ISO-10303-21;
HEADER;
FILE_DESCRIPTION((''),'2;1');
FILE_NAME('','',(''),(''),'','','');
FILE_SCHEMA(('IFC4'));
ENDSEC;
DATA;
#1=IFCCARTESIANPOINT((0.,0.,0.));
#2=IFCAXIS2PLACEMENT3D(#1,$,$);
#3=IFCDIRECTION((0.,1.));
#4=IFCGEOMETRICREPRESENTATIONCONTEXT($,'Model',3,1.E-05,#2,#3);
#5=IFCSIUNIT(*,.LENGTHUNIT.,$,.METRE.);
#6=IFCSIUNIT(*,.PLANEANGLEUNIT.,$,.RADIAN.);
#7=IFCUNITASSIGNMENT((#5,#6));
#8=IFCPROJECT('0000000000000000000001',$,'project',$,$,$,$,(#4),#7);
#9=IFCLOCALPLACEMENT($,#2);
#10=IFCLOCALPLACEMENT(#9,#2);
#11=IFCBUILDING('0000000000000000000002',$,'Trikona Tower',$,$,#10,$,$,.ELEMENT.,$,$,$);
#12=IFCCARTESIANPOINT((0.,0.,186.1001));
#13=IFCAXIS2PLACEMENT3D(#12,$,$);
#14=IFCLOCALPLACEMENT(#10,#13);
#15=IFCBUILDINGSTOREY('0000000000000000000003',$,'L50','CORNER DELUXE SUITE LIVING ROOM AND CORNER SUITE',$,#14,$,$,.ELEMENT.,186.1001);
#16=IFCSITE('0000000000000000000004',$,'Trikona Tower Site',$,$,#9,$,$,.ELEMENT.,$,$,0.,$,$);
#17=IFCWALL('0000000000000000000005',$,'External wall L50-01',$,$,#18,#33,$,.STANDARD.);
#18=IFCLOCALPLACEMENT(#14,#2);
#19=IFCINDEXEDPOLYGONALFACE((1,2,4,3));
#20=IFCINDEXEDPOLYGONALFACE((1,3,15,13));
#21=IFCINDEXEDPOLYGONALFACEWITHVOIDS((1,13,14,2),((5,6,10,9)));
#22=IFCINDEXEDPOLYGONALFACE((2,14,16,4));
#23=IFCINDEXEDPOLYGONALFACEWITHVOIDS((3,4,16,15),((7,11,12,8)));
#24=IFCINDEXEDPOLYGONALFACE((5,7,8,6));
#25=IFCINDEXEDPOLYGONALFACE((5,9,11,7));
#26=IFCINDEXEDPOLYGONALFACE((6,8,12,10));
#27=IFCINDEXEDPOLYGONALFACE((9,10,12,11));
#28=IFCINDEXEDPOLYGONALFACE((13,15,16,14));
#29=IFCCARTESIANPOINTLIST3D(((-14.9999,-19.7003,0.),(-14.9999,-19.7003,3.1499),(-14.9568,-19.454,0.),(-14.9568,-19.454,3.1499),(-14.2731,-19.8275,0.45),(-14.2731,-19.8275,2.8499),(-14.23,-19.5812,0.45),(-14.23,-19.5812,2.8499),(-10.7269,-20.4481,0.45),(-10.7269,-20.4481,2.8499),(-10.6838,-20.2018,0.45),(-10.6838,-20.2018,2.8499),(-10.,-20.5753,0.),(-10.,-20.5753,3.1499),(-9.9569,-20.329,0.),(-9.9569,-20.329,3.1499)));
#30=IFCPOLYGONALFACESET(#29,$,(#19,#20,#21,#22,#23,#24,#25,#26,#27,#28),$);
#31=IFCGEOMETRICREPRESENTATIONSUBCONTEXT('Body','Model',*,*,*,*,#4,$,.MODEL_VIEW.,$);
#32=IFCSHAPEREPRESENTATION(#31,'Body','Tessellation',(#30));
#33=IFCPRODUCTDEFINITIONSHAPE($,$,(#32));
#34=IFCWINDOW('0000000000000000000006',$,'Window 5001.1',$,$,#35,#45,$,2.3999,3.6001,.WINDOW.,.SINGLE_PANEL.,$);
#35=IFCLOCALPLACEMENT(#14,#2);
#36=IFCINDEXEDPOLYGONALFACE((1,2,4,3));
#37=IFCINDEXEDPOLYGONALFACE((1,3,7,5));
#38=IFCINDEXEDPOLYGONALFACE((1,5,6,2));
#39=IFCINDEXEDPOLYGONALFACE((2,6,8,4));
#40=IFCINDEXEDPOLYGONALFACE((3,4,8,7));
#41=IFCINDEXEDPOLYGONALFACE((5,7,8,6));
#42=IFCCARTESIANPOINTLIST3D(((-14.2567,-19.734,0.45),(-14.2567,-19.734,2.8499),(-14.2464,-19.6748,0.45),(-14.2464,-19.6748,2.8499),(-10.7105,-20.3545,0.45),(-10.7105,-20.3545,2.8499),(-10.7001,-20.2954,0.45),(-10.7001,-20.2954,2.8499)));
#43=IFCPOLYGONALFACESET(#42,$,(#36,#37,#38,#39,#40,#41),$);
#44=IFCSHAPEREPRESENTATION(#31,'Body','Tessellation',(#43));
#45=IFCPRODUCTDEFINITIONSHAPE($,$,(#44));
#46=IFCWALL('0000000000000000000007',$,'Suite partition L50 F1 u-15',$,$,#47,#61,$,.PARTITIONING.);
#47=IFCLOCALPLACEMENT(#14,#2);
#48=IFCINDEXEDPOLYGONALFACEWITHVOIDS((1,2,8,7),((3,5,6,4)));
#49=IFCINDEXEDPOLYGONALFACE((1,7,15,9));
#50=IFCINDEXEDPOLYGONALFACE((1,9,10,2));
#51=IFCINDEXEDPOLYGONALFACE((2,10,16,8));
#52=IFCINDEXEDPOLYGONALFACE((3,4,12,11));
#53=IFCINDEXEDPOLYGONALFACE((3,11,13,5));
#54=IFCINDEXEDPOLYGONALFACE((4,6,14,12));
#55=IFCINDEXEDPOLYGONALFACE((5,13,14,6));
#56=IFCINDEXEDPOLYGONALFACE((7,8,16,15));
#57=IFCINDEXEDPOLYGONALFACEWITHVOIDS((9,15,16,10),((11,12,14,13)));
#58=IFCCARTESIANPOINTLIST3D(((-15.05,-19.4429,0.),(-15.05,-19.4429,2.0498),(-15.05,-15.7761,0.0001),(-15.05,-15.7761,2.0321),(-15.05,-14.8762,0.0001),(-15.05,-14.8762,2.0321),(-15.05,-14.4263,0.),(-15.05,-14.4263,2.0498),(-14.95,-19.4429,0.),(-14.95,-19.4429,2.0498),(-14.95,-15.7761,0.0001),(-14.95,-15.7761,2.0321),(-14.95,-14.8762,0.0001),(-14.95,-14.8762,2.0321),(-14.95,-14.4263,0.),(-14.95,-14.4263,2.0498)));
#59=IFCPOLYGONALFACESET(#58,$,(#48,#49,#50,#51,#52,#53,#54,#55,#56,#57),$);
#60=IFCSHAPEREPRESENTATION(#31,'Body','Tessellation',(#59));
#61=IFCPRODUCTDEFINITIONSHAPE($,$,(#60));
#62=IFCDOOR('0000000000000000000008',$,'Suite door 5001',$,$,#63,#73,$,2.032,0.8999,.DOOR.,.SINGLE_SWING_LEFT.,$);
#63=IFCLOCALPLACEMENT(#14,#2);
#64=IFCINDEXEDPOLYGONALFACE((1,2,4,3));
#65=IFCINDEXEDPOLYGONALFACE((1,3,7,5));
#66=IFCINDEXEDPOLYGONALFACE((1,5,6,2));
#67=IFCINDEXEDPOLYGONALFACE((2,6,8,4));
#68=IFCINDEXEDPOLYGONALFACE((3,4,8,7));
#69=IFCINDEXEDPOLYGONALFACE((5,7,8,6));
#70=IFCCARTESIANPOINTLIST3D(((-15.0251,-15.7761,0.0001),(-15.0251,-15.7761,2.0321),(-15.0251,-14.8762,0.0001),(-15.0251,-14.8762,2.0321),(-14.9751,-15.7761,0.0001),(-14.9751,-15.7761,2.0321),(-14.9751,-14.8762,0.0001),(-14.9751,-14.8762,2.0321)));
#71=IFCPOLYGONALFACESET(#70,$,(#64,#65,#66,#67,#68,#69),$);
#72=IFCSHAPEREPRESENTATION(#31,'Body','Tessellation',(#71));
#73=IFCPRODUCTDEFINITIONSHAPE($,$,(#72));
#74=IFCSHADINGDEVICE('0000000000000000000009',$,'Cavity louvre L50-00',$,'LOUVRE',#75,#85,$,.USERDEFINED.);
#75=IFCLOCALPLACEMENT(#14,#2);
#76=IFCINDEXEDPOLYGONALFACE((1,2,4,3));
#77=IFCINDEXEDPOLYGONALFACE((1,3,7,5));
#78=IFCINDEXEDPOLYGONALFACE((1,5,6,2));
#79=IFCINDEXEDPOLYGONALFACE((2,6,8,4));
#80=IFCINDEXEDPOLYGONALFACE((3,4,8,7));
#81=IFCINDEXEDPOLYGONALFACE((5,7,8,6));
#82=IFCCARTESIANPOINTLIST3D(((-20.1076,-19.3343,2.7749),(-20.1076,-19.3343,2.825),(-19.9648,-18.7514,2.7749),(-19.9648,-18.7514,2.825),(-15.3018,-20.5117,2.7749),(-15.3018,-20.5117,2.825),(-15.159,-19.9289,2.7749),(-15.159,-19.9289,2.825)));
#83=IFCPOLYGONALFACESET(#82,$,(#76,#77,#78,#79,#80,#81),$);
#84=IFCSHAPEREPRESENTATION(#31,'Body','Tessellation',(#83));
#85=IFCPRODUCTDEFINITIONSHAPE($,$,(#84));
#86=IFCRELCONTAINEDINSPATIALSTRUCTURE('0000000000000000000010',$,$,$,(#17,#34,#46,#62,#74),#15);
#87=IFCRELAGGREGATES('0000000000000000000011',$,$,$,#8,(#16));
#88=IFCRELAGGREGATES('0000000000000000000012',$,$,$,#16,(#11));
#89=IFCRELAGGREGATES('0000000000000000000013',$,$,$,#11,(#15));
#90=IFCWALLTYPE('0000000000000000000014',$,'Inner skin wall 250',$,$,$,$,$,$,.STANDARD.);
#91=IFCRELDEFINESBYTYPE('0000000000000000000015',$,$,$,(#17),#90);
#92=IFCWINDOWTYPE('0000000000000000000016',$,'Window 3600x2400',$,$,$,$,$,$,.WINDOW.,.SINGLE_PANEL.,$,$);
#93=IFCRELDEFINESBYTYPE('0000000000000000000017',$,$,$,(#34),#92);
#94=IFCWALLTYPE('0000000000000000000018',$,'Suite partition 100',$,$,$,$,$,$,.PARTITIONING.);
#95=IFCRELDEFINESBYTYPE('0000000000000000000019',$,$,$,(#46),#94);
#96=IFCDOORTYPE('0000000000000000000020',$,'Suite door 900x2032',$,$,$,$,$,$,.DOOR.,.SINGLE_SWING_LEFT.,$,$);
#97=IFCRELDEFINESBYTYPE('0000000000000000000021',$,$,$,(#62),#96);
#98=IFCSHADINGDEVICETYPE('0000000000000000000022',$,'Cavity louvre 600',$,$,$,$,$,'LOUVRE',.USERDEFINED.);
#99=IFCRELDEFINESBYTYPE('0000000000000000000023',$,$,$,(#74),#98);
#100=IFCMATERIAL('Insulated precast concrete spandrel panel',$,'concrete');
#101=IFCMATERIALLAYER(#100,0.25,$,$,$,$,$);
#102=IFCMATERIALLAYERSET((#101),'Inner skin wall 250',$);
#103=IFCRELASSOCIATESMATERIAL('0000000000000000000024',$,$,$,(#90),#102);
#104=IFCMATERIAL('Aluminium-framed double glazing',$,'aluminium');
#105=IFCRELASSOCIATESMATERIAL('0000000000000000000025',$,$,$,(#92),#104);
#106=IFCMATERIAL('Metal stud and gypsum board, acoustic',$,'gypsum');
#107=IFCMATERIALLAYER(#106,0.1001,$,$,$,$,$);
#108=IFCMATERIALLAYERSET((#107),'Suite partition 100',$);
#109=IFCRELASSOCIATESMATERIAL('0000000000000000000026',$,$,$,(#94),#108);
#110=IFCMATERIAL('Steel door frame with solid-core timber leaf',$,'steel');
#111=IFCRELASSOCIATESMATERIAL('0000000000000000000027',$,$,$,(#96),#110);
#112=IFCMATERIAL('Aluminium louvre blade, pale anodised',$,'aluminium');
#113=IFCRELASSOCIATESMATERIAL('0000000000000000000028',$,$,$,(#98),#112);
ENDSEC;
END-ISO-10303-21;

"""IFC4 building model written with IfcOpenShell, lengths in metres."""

from ifc_helpers import new_model, si_unit, direction, frame, frame_2d, origin, origin_2d, place, context, subcontext, project, spatial, rectangle, extrude, material, layer, layer_set, type_object, element, fill, save


model = new_model("IFC4")

# Units and contexts
model_context = context("Model", 3, precision=1e-05, world=origin(), true_north=direction((0.0, 1.0)))
body_context = subcontext(model_context, "Body", "Model", "MODEL_VIEW")
ifc_project = project(units=[si_unit("LENGTHUNIT", "METRE"), si_unit("PLANEANGLEUNIT", "RADIAN")], contexts=[model_context])

# Site, building, storey
site_placement = place(None, origin())
site = spatial("IfcSite", under=ifc_project, at=site_placement, Name="Trikona Tower Site", CompositionType="ELEMENT", RefElevation=0.0)
building_placement = place(site_placement, origin())
building = spatial("IfcBuilding", under=site, at=building_placement, Name="Trikona Tower", CompositionType="ELEMENT")
storey_placement = place(building_placement, frame((0.0, 0.0, 186.1001)))
storey = spatial("IfcBuildingStorey", under=building, at=storey_placement, Name="L50", Description="CORNER DELUXE SUITE LIVING ROOM AND CORNER SUITE", CompositionType="ELEMENT", Elevation=186.1001)

# Wall, opening, window
ifc_material_1 = material(Name="Insulated precast concrete spandrel panel", Category="concrete")
ifc_layer_1 = layer(ifc_material_1, 0.25)
ifc_layer_set_1 = layer_set([ifc_layer_1], Name="Inner skin wall 250")
wall_type_1 = type_object("IfcWallType", Name="Inner skin wall 250", PredefinedType="STANDARD", material=ifc_layer_set_1)
ifc_material_2 = material(Name="Aluminium-framed double glazing", Category="aluminium")
window_type = type_object("IfcWindowType", Name="Window 3600x2400", PartitioningType="SINGLE_PANEL", PredefinedType="WINDOW", material=ifc_material_2)
wall_1_placement = place(storey_placement, frame((-14.9785, -19.5771, 0.0), z_axis=(0.0, 0.0, 1.0), x_axis=(0.98503, -0.17238, 0.0)))
wall_1 = element("IfcWall", 1, at=wall_1_placement, inside=storey, type_object=wall_type_1, Name="External wall L50-01", PredefinedType="STANDARD", context=body_context, shape_type="SweptSolid", body=[
    extrude(rectangle(XDim=5.0759, YDim=0.25, at=frame_2d((2.5381, 0.0))), origin(), (0.0, 0.0, 1.0), 3.1499),
])
opening_1_placement = place(wall_1_placement, frame((0.738, 0.0, 0.45)))
opening_1 = element("IfcOpeningElement", 2, at=opening_1_placement, cuts=wall_1, PredefinedType="OPENING", context=body_context, shape_type="SweptSolid", body=[
    extrude(rectangle(XDim=3.6001, YDim=2.3999, at=frame_2d((1.8, 1.2))), frame((0.0, 0.135, 0.0), z_axis=(0.0, -1.0, 0.0), x_axis=(1.0, 0.0, 0.0)), (0.0, 0.0, 1.0), 0.27),
])
window_1_placement = place(opening_1_placement, origin())
window_1 = element("IfcWindow", 3, at=window_1_placement, inside=storey, type_object=window_type, Name="Window 5001.1", OverallHeight=2.3999, OverallWidth=3.6001, PartitioningType="SINGLE_PANEL", PredefinedType="WINDOW", context=body_context, shape_type="SweptSolid", body=[
    extrude(rectangle(XDim=3.6001, YDim=2.3999, at=frame_2d((1.8, 1.2))), frame((0.0, 0.03, 0.0), z_axis=(0.0, -1.0, 0.0), x_axis=(1.0, 0.0, 0.0)), (0.0, 0.0, 1.0), 0.0601),
])
fill(opening_1, window_1)

# Wall, opening, door
ifc_material_3 = material(Name="Metal stud and gypsum board, acoustic", Category="gypsum")
ifc_layer_2 = layer(ifc_material_3, 0.1001)
ifc_layer_set_2 = layer_set([ifc_layer_2], Name="Suite partition 100")
wall_type_2 = type_object("IfcWallType", Name="Suite partition 100", PredefinedType="PARTITIONING", material=ifc_layer_set_2)
wall_2_placement = place(storey_placement, frame((-15.0, -14.4263, 0.0), z_axis=(0.0, 0.0, 1.0), x_axis=(0.0, -1.0, 0.0)))
wall_2 = element("IfcWall", 4, at=wall_2_placement, inside=storey, type_object=wall_type_2, Name="Suite partition L50 F1 u-15", PredefinedType="PARTITIONING", context=body_context, shape_type="SweptSolid", body=[
    extrude(rectangle(XDim=5.0166, YDim=0.1001, at=frame_2d((2.5083, 0.0))), origin(), (0.0, 0.0, 1.0), 2.0498),
])
opening_2_placement = place(wall_2_placement, frame((0.45, 0.0, 0.0)))
opening_2 = element("IfcOpeningElement", 5, at=opening_2_placement, cuts=wall_2, PredefinedType="OPENING", context=body_context, shape_type="SweptSolid", body=[
    extrude(rectangle(XDim=0.8999, YDim=2.032, at=frame_2d((0.45, 1.0161))), frame((0.0, 0.0601, 0.0), z_axis=(0.0, -1.0, 0.0), x_axis=(1.0, 0.0, 0.0)), (0.0, 0.0, 1.0), 0.1201),
])
ifc_material_4 = material(Name="Steel door frame with solid-core timber leaf", Category="steel")
door_type = type_object("IfcDoorType", Name="Suite door 900x2032", OperationType="SINGLE_SWING_LEFT", PredefinedType="DOOR", material=ifc_material_4)
door_placement = place(opening_2_placement, origin())
door = element("IfcDoor", 6, at=door_placement, inside=storey, type_object=door_type, Name="Suite door 5001", OperationType="SINGLE_SWING_LEFT", OverallHeight=2.032, OverallWidth=0.8999, PredefinedType="DOOR", context=body_context, shape_type="SweptSolid", body=[
    extrude(rectangle(XDim=0.8999, YDim=2.032, at=frame_2d((0.45, 1.0161))), frame((0.0, 0.0249, 0.0), z_axis=(0.0, -1.0, 0.0), x_axis=(1.0, 0.0, 0.0)), (0.0, 0.0, 1.0), 0.05),
])
fill(opening_2, door)

# Shading device
ifc_material_5 = material(Name="Aluminium louvre blade, pale anodised", Category="aluminium")
shading_device_type = type_object("IfcShadingDeviceType", Name="Cavity louvre 600", ElementType="LOUVRE", PredefinedType="USERDEFINED", material=ifc_material_5)
shading_device_placement = place(storey_placement, frame((-17.6333, -19.6316, 2.7749), z_axis=(0.0, 0.0, 1.0), x_axis=(0.971274, -0.237962, 0.0)))
element("IfcShadingDevice", 7, at=shading_device_placement, inside=storey, type_object=shading_device_type, Name="Cavity louvre L50-00", ObjectType="LOUVRE", PredefinedType="USERDEFINED", context=body_context, shape_type="SweptSolid", body=[
    extrude(rectangle(XDim=4.948, YDim=0.6001, at=origin_2d()), origin(), (0.0, 0.0, 1.0), 0.05),
])

save(model, "model.ifc")
